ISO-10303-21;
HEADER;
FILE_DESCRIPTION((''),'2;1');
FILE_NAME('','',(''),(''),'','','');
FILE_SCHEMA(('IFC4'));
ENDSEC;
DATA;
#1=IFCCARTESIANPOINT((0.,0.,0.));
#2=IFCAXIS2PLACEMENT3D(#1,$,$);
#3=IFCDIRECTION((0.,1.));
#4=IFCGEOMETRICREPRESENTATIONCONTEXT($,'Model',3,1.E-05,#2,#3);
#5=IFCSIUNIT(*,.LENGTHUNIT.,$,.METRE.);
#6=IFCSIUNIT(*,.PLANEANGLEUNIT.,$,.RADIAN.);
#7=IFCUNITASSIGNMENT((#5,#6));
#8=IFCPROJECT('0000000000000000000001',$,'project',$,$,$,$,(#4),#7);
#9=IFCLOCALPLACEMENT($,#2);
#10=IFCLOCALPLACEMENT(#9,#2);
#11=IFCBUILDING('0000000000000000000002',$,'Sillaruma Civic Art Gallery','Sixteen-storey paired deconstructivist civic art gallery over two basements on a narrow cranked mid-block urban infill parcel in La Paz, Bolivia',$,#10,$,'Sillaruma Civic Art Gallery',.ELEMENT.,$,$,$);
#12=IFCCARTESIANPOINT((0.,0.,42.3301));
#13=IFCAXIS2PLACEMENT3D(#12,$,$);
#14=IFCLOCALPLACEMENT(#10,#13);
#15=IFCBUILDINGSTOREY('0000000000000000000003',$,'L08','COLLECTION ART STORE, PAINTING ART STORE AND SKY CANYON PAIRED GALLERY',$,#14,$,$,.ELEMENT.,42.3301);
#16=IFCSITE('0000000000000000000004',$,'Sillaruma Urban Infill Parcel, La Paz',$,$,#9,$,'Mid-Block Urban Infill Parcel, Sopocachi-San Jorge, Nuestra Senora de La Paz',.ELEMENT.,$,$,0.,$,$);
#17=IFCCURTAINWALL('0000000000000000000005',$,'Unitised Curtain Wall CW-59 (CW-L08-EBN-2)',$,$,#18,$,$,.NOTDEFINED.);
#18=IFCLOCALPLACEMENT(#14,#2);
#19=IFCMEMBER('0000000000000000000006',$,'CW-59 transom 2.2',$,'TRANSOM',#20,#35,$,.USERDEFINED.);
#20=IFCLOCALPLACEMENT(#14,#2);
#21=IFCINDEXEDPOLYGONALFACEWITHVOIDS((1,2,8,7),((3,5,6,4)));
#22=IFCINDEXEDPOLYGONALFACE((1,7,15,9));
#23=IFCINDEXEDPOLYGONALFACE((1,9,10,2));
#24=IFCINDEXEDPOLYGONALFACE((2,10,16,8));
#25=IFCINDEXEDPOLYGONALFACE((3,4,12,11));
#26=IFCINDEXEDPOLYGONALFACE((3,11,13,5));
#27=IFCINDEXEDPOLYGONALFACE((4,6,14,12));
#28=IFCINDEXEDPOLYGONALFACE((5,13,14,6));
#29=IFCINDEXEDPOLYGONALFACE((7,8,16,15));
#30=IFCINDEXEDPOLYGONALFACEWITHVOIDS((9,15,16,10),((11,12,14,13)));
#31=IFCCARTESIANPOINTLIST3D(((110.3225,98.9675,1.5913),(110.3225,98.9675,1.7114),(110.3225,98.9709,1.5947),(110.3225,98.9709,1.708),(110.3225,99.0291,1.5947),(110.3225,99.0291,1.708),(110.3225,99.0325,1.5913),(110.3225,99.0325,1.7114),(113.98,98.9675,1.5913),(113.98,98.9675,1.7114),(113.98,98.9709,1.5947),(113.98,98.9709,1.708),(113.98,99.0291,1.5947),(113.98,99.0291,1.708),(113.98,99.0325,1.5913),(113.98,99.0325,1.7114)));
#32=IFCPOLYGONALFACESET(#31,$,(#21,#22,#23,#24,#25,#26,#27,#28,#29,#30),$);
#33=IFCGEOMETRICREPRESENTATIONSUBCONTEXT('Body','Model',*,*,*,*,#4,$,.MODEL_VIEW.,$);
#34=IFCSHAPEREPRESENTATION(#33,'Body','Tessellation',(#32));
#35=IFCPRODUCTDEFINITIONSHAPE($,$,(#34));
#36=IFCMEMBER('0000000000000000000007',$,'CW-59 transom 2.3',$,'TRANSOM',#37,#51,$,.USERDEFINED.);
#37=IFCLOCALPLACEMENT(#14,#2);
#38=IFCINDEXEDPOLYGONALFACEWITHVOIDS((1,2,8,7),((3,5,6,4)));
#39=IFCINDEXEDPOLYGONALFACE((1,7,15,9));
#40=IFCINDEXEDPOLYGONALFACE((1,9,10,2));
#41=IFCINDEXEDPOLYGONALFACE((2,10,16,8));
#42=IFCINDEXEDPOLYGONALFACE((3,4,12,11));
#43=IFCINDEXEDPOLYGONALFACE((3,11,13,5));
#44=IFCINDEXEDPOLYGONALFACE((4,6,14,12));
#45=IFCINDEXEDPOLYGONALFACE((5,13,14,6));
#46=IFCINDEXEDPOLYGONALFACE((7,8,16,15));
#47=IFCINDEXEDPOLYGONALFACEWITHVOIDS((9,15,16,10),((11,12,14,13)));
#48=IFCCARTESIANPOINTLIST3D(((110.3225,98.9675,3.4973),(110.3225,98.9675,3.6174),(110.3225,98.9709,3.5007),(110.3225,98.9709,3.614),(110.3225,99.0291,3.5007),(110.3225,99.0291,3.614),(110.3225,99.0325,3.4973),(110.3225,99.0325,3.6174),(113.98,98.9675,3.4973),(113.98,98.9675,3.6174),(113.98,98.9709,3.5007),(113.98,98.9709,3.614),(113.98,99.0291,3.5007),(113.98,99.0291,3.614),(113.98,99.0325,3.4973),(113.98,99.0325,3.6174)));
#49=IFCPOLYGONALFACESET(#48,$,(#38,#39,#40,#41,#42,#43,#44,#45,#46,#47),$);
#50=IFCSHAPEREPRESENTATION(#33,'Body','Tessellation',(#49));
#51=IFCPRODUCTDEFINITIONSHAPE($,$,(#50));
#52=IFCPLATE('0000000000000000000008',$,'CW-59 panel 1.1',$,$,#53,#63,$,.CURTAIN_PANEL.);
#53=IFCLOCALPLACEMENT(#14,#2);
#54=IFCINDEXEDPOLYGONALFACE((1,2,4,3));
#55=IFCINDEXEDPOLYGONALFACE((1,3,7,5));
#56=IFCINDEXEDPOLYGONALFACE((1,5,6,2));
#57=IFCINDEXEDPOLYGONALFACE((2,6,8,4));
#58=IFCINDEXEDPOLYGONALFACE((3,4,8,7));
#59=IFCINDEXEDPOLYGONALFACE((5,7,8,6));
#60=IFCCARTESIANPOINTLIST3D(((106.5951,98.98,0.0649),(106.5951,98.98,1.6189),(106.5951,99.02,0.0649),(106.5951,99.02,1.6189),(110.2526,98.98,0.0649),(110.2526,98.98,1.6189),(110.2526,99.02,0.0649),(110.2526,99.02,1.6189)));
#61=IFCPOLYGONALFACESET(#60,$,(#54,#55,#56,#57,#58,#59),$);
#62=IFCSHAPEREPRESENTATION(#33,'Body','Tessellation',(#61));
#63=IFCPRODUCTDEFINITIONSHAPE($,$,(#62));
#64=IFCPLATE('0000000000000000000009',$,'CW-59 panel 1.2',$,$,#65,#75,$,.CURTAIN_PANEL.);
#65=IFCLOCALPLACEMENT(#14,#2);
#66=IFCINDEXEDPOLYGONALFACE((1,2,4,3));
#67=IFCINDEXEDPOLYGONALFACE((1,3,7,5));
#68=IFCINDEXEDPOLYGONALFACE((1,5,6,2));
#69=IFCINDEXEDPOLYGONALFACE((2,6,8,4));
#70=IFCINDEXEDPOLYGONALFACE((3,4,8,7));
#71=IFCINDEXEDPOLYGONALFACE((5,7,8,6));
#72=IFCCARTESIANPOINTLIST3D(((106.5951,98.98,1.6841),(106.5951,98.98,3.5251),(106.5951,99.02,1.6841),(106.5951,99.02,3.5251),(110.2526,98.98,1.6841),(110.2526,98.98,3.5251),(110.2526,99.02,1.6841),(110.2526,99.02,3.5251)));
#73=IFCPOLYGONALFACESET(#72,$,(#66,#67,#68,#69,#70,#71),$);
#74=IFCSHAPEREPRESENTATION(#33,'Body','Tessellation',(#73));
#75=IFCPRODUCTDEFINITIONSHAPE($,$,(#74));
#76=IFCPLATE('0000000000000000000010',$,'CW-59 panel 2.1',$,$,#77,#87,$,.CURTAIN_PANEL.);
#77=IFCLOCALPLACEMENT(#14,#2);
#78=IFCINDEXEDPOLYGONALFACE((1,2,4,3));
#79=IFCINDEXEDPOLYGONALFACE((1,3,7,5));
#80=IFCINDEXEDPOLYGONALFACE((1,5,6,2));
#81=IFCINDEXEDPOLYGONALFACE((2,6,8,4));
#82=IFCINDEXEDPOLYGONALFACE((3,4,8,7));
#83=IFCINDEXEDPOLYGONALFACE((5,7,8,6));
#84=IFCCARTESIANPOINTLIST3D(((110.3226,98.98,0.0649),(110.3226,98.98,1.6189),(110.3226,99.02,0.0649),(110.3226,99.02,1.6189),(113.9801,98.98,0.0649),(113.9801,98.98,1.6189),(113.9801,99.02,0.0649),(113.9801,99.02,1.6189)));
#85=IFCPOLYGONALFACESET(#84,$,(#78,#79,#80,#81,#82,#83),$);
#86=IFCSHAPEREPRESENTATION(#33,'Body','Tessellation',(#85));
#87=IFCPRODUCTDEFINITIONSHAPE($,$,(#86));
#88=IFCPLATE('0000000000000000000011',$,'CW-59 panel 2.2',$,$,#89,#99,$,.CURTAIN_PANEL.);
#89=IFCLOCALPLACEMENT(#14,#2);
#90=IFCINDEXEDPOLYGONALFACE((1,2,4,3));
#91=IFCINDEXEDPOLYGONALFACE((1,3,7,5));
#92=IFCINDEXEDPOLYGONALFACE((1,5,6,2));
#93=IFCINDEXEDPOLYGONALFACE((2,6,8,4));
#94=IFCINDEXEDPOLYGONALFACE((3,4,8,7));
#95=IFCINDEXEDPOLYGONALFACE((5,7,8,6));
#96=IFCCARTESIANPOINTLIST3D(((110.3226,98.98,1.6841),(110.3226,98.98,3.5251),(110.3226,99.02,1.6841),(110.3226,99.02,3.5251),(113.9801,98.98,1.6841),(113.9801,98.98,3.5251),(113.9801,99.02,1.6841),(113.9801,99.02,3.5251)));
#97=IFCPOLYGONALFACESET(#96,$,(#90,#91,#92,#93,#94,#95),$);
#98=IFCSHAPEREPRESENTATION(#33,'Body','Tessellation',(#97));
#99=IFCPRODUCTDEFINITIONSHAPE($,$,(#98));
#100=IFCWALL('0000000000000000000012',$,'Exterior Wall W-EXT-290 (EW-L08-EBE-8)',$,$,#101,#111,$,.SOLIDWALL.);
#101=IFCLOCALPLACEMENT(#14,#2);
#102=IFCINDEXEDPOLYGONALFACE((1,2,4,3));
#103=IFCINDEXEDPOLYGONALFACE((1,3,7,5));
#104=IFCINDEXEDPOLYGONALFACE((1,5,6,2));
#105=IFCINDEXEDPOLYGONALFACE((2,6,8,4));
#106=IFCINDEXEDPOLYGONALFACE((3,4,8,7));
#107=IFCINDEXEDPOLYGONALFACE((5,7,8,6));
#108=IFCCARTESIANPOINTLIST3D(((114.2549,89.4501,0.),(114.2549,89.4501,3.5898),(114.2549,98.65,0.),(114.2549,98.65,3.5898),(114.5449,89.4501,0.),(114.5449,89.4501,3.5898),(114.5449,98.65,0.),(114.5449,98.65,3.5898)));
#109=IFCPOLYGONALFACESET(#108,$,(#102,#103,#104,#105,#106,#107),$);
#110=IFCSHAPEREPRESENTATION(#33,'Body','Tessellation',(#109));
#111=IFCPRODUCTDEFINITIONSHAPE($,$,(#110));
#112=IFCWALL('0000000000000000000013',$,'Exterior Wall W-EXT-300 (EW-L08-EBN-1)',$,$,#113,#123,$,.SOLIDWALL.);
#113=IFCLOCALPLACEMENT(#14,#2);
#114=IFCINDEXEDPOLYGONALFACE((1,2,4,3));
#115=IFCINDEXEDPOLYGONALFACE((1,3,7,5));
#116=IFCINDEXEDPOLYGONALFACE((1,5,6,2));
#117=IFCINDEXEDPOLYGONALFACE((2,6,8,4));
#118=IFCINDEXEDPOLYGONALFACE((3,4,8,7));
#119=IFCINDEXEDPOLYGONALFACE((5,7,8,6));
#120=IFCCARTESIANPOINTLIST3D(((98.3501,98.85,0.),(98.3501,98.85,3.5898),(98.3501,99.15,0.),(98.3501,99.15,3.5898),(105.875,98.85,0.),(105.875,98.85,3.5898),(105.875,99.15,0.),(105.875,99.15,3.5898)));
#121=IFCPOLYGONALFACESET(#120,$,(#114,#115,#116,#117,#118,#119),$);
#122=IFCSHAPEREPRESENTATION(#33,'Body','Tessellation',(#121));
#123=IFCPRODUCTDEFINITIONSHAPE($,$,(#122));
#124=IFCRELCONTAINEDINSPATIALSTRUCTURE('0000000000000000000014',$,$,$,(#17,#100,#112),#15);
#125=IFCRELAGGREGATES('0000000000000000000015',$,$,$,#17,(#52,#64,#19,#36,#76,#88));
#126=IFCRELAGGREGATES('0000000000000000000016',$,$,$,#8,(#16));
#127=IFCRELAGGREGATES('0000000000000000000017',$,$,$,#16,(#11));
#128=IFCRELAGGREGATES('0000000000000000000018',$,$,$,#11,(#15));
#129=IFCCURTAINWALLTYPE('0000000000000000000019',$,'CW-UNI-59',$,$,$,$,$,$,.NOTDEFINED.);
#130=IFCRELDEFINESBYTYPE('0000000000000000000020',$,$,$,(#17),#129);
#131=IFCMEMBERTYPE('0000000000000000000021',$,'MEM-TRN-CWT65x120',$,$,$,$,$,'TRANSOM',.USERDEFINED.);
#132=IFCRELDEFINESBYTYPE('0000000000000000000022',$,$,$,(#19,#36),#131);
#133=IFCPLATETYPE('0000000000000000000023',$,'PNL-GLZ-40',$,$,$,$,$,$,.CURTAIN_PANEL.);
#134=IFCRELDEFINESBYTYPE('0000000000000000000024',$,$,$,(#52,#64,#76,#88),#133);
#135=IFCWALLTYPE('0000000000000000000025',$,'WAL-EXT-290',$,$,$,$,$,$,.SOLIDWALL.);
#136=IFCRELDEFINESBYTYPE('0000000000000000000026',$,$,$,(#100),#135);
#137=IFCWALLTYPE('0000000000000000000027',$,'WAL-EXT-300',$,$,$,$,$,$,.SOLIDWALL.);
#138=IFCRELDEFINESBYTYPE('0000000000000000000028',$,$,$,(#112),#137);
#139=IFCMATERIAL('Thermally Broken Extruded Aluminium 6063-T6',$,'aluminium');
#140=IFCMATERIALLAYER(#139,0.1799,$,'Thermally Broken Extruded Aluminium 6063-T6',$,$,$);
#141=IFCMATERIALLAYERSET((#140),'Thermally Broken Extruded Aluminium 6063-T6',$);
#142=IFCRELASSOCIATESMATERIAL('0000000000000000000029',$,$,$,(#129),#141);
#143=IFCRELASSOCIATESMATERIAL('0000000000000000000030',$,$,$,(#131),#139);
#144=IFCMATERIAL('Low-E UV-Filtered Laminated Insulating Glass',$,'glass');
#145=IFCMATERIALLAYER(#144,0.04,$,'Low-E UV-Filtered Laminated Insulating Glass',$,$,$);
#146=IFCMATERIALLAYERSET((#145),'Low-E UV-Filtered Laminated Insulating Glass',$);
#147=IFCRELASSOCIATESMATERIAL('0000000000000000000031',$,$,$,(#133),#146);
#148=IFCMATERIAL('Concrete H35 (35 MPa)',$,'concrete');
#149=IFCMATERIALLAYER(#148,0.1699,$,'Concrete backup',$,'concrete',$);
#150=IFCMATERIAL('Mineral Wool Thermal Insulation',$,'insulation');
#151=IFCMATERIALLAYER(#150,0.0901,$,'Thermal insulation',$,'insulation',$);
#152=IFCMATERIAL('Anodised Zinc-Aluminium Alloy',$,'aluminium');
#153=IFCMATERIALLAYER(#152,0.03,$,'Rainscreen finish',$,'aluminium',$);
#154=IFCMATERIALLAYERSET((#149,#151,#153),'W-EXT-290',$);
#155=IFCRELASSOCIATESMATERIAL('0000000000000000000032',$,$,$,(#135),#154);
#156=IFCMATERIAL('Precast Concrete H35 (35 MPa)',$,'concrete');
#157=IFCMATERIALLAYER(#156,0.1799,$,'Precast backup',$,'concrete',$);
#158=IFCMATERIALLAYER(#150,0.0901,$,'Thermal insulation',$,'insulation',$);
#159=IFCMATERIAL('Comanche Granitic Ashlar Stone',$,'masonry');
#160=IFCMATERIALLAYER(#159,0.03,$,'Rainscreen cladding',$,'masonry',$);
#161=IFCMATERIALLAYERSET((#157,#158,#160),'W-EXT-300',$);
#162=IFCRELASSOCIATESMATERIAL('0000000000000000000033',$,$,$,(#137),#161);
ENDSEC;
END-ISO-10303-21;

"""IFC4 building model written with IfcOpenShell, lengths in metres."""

from ifc_helpers import new_model, si_unit, direction, frame, frame_2d, origin, origin_2d, place, context, subcontext, project, spatial, rectangle, hollow_rectangle, extrude, material, layer, layer_set, material_profile, profile_set, type_object, element, aggregate, save


model = new_model("IFC4")

# Units and contexts
model_context = context("Model", 3, precision=1e-05, world=origin(), true_north=direction((0.0, 1.0)))
body_context = subcontext(model_context, "Body", "Model", "MODEL_VIEW")
ifc_project = project(units=[si_unit("LENGTHUNIT", "METRE"), si_unit("PLANEANGLEUNIT", "RADIAN")], contexts=[model_context])

# Site, building, storey
site_placement = place(None, origin())
site = spatial("IfcSite", under=ifc_project, at=site_placement, Name="Sillaruma Urban Infill Parcel, La Paz", LongName="Mid-Block Urban Infill Parcel, Sopocachi-San Jorge, Nuestra Senora de La Paz", CompositionType="ELEMENT", RefElevation=0.0)
building_placement = place(site_placement, origin())
building = spatial("IfcBuilding", under=site, at=building_placement, Name="Sillaruma Civic Art Gallery", Description="Sixteen-storey paired deconstructivist civic art gallery over two basements on a narrow cranked mid-block urban infill parcel in La Paz, Bolivia", LongName="Sillaruma Civic Art Gallery", CompositionType="ELEMENT")
storey_placement = place(building_placement, frame((0.0, 0.0, 42.3301)))
storey = spatial("IfcBuildingStorey", under=building, at=storey_placement, Name="L08", Description="COLLECTION ART STORE, PAINTING ART STORE AND SKY CANYON PAIRED GALLERY", CompositionType="ELEMENT", Elevation=42.3301)

# Shared definitions
ifc_material_1 = material(Name="Concrete H35 (35 MPa)", Category="concrete")

# Curtain wall, members, plates
ifc_material_2 = material(Name="Thermally Broken Extruded Aluminium 6063-T6", Category="aluminium")
ifc_layer_1 = layer(ifc_material_2, 0.1799, Name="Thermally Broken Extruded Aluminium 6063-T6")
ifc_layer_set_1 = layer_set([ifc_layer_1], Name="Thermally Broken Extruded Aluminium 6063-T6")
curtain_wall_type = type_object("IfcCurtainWallType", Name="CW-UNI-59", PredefinedType="NOTDEFINED", material=ifc_layer_set_1)
curtain_wall_placement = place(storey_placement, origin())
curtain_wall = element("IfcCurtainWall", 1, at=curtain_wall_placement, inside=storey, type_object=curtain_wall_type, Name="Unitised Curtain Wall CW-59 (CW-L08-EBN-2)", PredefinedType="NOTDEFINED")
ifc_material_profile_1 = material_profile(ifc_material_2, hollow_rectangle(XDim=0.0649, YDim=0.1201, WallThickness=0.0034, at=origin_2d()), Name="CWT65x120")
ifc_profile_set_1 = profile_set([ifc_material_profile_1], Name="Thermally Broken Extruded Aluminium 6063-T6")
member_type_1 = type_object("IfcMemberType", Name="MEM-TRN-CWT65x120", ElementType="TRANSOM", PredefinedType="USERDEFINED", material=ifc_profile_set_1)
member_1_placement = place(storey_placement, frame((110.3225, 99.0, 1.6514), z_axis=(1.0, 0.0, 0.0), x_axis=(0.0, 1.0, 0.0)))
member_1 = element("IfcMember", 2, at=member_1_placement, type_object=member_type_1, Name="CW-59 transom 2.2", ObjectType="TRANSOM", PredefinedType="USERDEFINED", context=body_context, shape_type="SweptSolid", body=[
    extrude(hollow_rectangle(XDim=0.0649, YDim=0.1201, WallThickness=0.0034, at=origin_2d()), origin(), (0.0, 0.0, 1.0), 3.6575),
])
member_2_placement = place(storey_placement, frame((110.3225, 99.0, 3.5574), z_axis=(1.0, 0.0, 0.0), x_axis=(0.0, 1.0, 0.0)))
member_2 = element("IfcMember", 3, at=member_2_placement, type_object=member_type_1, Name="CW-59 transom 2.3", ObjectType="TRANSOM", PredefinedType="USERDEFINED", context=body_context, shape_type="SweptSolid", body=[
    extrude(hollow_rectangle(XDim=0.0649, YDim=0.1201, WallThickness=0.0034, at=origin_2d()), origin(), (0.0, 0.0, 1.0), 3.6575),
])
ifc_material_3 = material(Name="Low-E UV-Filtered Laminated Insulating Glass", Category="glass")
ifc_layer_2 = layer(ifc_material_3, 0.04, Name="Low-E UV-Filtered Laminated Insulating Glass")
ifc_layer_set_2 = layer_set([ifc_layer_2], Name="Low-E UV-Filtered Laminated Insulating Glass")
plate_type = type_object("IfcPlateType", Name="PNL-GLZ-40", PredefinedType="CURTAIN_PANEL", material=ifc_layer_set_2)
plate_1_placement = place(storey_placement, frame((108.4238, 99.0, 0.0649), z_axis=(0.0, 0.0, 1.0), x_axis=(1.0, 0.0, 0.0)))
plate_1 = element("IfcPlate", 4, at=plate_1_placement, type_object=plate_type, Name="CW-59 panel 1.1", PredefinedType="CURTAIN_PANEL", context=body_context, shape_type="SweptSolid", body=[
    extrude(rectangle(XDim=3.6575, YDim=0.04, at=origin_2d()), origin(), (0.0, 0.0, 1.0), 1.554),
])
plate_2_placement = place(storey_placement, frame((108.4238, 99.0, 1.6841), z_axis=(0.0, 0.0, 1.0), x_axis=(1.0, 0.0, 0.0)))
plate_2 = element("IfcPlate", 5, at=plate_2_placement, type_object=plate_type, Name="CW-59 panel 1.2", PredefinedType="CURTAIN_PANEL", context=body_context, shape_type="SweptSolid", body=[
    extrude(rectangle(XDim=3.6575, YDim=0.04, at=origin_2d()), origin(), (0.0, 0.0, 1.0), 1.8411),
])
plate_3_placement = place(storey_placement, frame((112.1514, 99.0, 0.0649), z_axis=(0.0, 0.0, 1.0), x_axis=(1.0, 0.0, 0.0)))
plate_3 = element("IfcPlate", 6, at=plate_3_placement, type_object=plate_type, Name="CW-59 panel 2.1", PredefinedType="CURTAIN_PANEL", context=body_context, shape_type="SweptSolid", body=[
    extrude(rectangle(XDim=3.6575, YDim=0.04, at=origin_2d()), origin(), (0.0, 0.0, 1.0), 1.554),
])
plate_4_placement = place(storey_placement, frame((112.1514, 99.0, 1.6841), z_axis=(0.0, 0.0, 1.0), x_axis=(1.0, 0.0, 0.0)))
plate_4 = element("IfcPlate", 7, at=plate_4_placement, type_object=plate_type, Name="CW-59 panel 2.2", PredefinedType="CURTAIN_PANEL", context=body_context, shape_type="SweptSolid", body=[
    extrude(rectangle(XDim=3.6575, YDim=0.04, at=origin_2d()), origin(), (0.0, 0.0, 1.0), 1.8411),
])
aggregate(curtain_wall, [plate_1, plate_2, member_1, member_2, plate_3, plate_4])

# Walls
ifc_layer_3 = layer(ifc_material_1, 0.1699, Name="Concrete backup", Category="concrete")
ifc_material_4 = material(Name="Mineral Wool Thermal Insulation", Category="insulation")
ifc_layer_4 = layer(ifc_material_4, 0.0901, Name="Thermal insulation", Category="insulation")
ifc_material_5 = material(Name="Anodised Zinc-Aluminium Alloy", Category="aluminium")
ifc_layer_5 = layer(ifc_material_5, 0.03, Name="Rainscreen finish", Category="aluminium")
ifc_layer_set_3 = layer_set([ifc_layer_3, ifc_layer_4, ifc_layer_5], Name="W-EXT-290")
wall_type_1 = type_object("IfcWallType", Name="WAL-EXT-290", PredefinedType="SOLIDWALL", material=ifc_layer_set_3)
wall_1_placement = place(storey_placement, frame((114.3999, 89.45, 0.0), z_axis=(0.0, 0.0, 1.0), x_axis=(0.0, 1.0, 0.0)))
element("IfcWall", 8, at=wall_1_placement, inside=storey, type_object=wall_type_1, Name="Exterior Wall W-EXT-290 (EW-L08-EBE-8)", PredefinedType="SOLIDWALL", context=body_context, shape_type="SweptSolid", body=[
    extrude(rectangle(XDim=9.2, YDim=0.29, at=frame_2d((4.6001, 0.0))), origin(), (0.0, 0.0, 1.0), 3.5898),
])
ifc_material_6 = material(Name="Precast Concrete H35 (35 MPa)", Category="concrete")
ifc_layer_6 = layer(ifc_material_6, 0.1799, Name="Precast backup", Category="concrete")
ifc_layer_7 = layer(ifc_material_4, 0.0901, Name="Thermal insulation", Category="insulation")
ifc_material_7 = material(Name="Comanche Granitic Ashlar Stone", Category="masonry")
ifc_layer_8 = layer(ifc_material_7, 0.03, Name="Rainscreen cladding", Category="masonry")
ifc_layer_set_4 = layer_set([ifc_layer_6, ifc_layer_7, ifc_layer_8], Name="W-EXT-300")
wall_type_2 = type_object("IfcWallType", Name="WAL-EXT-300", PredefinedType="SOLIDWALL", material=ifc_layer_set_4)
wall_2_placement = place(storey_placement, frame((98.3501, 99.0, 0.0), z_axis=(0.0, 0.0, 1.0), x_axis=(1.0, 0.0, 0.0)))
element("IfcWall", 9, at=wall_2_placement, inside=storey, type_object=wall_type_2, Name="Exterior Wall W-EXT-300 (EW-L08-EBN-1)", PredefinedType="SOLIDWALL", context=body_context, shape_type="SweptSolid", body=[
    extrude(rectangle(XDim=7.5249, YDim=0.3, at=frame_2d((3.7625, 0.0))), origin(), (0.0, 0.0, 1.0), 3.5898),
])

save(model, "model.ifc")
